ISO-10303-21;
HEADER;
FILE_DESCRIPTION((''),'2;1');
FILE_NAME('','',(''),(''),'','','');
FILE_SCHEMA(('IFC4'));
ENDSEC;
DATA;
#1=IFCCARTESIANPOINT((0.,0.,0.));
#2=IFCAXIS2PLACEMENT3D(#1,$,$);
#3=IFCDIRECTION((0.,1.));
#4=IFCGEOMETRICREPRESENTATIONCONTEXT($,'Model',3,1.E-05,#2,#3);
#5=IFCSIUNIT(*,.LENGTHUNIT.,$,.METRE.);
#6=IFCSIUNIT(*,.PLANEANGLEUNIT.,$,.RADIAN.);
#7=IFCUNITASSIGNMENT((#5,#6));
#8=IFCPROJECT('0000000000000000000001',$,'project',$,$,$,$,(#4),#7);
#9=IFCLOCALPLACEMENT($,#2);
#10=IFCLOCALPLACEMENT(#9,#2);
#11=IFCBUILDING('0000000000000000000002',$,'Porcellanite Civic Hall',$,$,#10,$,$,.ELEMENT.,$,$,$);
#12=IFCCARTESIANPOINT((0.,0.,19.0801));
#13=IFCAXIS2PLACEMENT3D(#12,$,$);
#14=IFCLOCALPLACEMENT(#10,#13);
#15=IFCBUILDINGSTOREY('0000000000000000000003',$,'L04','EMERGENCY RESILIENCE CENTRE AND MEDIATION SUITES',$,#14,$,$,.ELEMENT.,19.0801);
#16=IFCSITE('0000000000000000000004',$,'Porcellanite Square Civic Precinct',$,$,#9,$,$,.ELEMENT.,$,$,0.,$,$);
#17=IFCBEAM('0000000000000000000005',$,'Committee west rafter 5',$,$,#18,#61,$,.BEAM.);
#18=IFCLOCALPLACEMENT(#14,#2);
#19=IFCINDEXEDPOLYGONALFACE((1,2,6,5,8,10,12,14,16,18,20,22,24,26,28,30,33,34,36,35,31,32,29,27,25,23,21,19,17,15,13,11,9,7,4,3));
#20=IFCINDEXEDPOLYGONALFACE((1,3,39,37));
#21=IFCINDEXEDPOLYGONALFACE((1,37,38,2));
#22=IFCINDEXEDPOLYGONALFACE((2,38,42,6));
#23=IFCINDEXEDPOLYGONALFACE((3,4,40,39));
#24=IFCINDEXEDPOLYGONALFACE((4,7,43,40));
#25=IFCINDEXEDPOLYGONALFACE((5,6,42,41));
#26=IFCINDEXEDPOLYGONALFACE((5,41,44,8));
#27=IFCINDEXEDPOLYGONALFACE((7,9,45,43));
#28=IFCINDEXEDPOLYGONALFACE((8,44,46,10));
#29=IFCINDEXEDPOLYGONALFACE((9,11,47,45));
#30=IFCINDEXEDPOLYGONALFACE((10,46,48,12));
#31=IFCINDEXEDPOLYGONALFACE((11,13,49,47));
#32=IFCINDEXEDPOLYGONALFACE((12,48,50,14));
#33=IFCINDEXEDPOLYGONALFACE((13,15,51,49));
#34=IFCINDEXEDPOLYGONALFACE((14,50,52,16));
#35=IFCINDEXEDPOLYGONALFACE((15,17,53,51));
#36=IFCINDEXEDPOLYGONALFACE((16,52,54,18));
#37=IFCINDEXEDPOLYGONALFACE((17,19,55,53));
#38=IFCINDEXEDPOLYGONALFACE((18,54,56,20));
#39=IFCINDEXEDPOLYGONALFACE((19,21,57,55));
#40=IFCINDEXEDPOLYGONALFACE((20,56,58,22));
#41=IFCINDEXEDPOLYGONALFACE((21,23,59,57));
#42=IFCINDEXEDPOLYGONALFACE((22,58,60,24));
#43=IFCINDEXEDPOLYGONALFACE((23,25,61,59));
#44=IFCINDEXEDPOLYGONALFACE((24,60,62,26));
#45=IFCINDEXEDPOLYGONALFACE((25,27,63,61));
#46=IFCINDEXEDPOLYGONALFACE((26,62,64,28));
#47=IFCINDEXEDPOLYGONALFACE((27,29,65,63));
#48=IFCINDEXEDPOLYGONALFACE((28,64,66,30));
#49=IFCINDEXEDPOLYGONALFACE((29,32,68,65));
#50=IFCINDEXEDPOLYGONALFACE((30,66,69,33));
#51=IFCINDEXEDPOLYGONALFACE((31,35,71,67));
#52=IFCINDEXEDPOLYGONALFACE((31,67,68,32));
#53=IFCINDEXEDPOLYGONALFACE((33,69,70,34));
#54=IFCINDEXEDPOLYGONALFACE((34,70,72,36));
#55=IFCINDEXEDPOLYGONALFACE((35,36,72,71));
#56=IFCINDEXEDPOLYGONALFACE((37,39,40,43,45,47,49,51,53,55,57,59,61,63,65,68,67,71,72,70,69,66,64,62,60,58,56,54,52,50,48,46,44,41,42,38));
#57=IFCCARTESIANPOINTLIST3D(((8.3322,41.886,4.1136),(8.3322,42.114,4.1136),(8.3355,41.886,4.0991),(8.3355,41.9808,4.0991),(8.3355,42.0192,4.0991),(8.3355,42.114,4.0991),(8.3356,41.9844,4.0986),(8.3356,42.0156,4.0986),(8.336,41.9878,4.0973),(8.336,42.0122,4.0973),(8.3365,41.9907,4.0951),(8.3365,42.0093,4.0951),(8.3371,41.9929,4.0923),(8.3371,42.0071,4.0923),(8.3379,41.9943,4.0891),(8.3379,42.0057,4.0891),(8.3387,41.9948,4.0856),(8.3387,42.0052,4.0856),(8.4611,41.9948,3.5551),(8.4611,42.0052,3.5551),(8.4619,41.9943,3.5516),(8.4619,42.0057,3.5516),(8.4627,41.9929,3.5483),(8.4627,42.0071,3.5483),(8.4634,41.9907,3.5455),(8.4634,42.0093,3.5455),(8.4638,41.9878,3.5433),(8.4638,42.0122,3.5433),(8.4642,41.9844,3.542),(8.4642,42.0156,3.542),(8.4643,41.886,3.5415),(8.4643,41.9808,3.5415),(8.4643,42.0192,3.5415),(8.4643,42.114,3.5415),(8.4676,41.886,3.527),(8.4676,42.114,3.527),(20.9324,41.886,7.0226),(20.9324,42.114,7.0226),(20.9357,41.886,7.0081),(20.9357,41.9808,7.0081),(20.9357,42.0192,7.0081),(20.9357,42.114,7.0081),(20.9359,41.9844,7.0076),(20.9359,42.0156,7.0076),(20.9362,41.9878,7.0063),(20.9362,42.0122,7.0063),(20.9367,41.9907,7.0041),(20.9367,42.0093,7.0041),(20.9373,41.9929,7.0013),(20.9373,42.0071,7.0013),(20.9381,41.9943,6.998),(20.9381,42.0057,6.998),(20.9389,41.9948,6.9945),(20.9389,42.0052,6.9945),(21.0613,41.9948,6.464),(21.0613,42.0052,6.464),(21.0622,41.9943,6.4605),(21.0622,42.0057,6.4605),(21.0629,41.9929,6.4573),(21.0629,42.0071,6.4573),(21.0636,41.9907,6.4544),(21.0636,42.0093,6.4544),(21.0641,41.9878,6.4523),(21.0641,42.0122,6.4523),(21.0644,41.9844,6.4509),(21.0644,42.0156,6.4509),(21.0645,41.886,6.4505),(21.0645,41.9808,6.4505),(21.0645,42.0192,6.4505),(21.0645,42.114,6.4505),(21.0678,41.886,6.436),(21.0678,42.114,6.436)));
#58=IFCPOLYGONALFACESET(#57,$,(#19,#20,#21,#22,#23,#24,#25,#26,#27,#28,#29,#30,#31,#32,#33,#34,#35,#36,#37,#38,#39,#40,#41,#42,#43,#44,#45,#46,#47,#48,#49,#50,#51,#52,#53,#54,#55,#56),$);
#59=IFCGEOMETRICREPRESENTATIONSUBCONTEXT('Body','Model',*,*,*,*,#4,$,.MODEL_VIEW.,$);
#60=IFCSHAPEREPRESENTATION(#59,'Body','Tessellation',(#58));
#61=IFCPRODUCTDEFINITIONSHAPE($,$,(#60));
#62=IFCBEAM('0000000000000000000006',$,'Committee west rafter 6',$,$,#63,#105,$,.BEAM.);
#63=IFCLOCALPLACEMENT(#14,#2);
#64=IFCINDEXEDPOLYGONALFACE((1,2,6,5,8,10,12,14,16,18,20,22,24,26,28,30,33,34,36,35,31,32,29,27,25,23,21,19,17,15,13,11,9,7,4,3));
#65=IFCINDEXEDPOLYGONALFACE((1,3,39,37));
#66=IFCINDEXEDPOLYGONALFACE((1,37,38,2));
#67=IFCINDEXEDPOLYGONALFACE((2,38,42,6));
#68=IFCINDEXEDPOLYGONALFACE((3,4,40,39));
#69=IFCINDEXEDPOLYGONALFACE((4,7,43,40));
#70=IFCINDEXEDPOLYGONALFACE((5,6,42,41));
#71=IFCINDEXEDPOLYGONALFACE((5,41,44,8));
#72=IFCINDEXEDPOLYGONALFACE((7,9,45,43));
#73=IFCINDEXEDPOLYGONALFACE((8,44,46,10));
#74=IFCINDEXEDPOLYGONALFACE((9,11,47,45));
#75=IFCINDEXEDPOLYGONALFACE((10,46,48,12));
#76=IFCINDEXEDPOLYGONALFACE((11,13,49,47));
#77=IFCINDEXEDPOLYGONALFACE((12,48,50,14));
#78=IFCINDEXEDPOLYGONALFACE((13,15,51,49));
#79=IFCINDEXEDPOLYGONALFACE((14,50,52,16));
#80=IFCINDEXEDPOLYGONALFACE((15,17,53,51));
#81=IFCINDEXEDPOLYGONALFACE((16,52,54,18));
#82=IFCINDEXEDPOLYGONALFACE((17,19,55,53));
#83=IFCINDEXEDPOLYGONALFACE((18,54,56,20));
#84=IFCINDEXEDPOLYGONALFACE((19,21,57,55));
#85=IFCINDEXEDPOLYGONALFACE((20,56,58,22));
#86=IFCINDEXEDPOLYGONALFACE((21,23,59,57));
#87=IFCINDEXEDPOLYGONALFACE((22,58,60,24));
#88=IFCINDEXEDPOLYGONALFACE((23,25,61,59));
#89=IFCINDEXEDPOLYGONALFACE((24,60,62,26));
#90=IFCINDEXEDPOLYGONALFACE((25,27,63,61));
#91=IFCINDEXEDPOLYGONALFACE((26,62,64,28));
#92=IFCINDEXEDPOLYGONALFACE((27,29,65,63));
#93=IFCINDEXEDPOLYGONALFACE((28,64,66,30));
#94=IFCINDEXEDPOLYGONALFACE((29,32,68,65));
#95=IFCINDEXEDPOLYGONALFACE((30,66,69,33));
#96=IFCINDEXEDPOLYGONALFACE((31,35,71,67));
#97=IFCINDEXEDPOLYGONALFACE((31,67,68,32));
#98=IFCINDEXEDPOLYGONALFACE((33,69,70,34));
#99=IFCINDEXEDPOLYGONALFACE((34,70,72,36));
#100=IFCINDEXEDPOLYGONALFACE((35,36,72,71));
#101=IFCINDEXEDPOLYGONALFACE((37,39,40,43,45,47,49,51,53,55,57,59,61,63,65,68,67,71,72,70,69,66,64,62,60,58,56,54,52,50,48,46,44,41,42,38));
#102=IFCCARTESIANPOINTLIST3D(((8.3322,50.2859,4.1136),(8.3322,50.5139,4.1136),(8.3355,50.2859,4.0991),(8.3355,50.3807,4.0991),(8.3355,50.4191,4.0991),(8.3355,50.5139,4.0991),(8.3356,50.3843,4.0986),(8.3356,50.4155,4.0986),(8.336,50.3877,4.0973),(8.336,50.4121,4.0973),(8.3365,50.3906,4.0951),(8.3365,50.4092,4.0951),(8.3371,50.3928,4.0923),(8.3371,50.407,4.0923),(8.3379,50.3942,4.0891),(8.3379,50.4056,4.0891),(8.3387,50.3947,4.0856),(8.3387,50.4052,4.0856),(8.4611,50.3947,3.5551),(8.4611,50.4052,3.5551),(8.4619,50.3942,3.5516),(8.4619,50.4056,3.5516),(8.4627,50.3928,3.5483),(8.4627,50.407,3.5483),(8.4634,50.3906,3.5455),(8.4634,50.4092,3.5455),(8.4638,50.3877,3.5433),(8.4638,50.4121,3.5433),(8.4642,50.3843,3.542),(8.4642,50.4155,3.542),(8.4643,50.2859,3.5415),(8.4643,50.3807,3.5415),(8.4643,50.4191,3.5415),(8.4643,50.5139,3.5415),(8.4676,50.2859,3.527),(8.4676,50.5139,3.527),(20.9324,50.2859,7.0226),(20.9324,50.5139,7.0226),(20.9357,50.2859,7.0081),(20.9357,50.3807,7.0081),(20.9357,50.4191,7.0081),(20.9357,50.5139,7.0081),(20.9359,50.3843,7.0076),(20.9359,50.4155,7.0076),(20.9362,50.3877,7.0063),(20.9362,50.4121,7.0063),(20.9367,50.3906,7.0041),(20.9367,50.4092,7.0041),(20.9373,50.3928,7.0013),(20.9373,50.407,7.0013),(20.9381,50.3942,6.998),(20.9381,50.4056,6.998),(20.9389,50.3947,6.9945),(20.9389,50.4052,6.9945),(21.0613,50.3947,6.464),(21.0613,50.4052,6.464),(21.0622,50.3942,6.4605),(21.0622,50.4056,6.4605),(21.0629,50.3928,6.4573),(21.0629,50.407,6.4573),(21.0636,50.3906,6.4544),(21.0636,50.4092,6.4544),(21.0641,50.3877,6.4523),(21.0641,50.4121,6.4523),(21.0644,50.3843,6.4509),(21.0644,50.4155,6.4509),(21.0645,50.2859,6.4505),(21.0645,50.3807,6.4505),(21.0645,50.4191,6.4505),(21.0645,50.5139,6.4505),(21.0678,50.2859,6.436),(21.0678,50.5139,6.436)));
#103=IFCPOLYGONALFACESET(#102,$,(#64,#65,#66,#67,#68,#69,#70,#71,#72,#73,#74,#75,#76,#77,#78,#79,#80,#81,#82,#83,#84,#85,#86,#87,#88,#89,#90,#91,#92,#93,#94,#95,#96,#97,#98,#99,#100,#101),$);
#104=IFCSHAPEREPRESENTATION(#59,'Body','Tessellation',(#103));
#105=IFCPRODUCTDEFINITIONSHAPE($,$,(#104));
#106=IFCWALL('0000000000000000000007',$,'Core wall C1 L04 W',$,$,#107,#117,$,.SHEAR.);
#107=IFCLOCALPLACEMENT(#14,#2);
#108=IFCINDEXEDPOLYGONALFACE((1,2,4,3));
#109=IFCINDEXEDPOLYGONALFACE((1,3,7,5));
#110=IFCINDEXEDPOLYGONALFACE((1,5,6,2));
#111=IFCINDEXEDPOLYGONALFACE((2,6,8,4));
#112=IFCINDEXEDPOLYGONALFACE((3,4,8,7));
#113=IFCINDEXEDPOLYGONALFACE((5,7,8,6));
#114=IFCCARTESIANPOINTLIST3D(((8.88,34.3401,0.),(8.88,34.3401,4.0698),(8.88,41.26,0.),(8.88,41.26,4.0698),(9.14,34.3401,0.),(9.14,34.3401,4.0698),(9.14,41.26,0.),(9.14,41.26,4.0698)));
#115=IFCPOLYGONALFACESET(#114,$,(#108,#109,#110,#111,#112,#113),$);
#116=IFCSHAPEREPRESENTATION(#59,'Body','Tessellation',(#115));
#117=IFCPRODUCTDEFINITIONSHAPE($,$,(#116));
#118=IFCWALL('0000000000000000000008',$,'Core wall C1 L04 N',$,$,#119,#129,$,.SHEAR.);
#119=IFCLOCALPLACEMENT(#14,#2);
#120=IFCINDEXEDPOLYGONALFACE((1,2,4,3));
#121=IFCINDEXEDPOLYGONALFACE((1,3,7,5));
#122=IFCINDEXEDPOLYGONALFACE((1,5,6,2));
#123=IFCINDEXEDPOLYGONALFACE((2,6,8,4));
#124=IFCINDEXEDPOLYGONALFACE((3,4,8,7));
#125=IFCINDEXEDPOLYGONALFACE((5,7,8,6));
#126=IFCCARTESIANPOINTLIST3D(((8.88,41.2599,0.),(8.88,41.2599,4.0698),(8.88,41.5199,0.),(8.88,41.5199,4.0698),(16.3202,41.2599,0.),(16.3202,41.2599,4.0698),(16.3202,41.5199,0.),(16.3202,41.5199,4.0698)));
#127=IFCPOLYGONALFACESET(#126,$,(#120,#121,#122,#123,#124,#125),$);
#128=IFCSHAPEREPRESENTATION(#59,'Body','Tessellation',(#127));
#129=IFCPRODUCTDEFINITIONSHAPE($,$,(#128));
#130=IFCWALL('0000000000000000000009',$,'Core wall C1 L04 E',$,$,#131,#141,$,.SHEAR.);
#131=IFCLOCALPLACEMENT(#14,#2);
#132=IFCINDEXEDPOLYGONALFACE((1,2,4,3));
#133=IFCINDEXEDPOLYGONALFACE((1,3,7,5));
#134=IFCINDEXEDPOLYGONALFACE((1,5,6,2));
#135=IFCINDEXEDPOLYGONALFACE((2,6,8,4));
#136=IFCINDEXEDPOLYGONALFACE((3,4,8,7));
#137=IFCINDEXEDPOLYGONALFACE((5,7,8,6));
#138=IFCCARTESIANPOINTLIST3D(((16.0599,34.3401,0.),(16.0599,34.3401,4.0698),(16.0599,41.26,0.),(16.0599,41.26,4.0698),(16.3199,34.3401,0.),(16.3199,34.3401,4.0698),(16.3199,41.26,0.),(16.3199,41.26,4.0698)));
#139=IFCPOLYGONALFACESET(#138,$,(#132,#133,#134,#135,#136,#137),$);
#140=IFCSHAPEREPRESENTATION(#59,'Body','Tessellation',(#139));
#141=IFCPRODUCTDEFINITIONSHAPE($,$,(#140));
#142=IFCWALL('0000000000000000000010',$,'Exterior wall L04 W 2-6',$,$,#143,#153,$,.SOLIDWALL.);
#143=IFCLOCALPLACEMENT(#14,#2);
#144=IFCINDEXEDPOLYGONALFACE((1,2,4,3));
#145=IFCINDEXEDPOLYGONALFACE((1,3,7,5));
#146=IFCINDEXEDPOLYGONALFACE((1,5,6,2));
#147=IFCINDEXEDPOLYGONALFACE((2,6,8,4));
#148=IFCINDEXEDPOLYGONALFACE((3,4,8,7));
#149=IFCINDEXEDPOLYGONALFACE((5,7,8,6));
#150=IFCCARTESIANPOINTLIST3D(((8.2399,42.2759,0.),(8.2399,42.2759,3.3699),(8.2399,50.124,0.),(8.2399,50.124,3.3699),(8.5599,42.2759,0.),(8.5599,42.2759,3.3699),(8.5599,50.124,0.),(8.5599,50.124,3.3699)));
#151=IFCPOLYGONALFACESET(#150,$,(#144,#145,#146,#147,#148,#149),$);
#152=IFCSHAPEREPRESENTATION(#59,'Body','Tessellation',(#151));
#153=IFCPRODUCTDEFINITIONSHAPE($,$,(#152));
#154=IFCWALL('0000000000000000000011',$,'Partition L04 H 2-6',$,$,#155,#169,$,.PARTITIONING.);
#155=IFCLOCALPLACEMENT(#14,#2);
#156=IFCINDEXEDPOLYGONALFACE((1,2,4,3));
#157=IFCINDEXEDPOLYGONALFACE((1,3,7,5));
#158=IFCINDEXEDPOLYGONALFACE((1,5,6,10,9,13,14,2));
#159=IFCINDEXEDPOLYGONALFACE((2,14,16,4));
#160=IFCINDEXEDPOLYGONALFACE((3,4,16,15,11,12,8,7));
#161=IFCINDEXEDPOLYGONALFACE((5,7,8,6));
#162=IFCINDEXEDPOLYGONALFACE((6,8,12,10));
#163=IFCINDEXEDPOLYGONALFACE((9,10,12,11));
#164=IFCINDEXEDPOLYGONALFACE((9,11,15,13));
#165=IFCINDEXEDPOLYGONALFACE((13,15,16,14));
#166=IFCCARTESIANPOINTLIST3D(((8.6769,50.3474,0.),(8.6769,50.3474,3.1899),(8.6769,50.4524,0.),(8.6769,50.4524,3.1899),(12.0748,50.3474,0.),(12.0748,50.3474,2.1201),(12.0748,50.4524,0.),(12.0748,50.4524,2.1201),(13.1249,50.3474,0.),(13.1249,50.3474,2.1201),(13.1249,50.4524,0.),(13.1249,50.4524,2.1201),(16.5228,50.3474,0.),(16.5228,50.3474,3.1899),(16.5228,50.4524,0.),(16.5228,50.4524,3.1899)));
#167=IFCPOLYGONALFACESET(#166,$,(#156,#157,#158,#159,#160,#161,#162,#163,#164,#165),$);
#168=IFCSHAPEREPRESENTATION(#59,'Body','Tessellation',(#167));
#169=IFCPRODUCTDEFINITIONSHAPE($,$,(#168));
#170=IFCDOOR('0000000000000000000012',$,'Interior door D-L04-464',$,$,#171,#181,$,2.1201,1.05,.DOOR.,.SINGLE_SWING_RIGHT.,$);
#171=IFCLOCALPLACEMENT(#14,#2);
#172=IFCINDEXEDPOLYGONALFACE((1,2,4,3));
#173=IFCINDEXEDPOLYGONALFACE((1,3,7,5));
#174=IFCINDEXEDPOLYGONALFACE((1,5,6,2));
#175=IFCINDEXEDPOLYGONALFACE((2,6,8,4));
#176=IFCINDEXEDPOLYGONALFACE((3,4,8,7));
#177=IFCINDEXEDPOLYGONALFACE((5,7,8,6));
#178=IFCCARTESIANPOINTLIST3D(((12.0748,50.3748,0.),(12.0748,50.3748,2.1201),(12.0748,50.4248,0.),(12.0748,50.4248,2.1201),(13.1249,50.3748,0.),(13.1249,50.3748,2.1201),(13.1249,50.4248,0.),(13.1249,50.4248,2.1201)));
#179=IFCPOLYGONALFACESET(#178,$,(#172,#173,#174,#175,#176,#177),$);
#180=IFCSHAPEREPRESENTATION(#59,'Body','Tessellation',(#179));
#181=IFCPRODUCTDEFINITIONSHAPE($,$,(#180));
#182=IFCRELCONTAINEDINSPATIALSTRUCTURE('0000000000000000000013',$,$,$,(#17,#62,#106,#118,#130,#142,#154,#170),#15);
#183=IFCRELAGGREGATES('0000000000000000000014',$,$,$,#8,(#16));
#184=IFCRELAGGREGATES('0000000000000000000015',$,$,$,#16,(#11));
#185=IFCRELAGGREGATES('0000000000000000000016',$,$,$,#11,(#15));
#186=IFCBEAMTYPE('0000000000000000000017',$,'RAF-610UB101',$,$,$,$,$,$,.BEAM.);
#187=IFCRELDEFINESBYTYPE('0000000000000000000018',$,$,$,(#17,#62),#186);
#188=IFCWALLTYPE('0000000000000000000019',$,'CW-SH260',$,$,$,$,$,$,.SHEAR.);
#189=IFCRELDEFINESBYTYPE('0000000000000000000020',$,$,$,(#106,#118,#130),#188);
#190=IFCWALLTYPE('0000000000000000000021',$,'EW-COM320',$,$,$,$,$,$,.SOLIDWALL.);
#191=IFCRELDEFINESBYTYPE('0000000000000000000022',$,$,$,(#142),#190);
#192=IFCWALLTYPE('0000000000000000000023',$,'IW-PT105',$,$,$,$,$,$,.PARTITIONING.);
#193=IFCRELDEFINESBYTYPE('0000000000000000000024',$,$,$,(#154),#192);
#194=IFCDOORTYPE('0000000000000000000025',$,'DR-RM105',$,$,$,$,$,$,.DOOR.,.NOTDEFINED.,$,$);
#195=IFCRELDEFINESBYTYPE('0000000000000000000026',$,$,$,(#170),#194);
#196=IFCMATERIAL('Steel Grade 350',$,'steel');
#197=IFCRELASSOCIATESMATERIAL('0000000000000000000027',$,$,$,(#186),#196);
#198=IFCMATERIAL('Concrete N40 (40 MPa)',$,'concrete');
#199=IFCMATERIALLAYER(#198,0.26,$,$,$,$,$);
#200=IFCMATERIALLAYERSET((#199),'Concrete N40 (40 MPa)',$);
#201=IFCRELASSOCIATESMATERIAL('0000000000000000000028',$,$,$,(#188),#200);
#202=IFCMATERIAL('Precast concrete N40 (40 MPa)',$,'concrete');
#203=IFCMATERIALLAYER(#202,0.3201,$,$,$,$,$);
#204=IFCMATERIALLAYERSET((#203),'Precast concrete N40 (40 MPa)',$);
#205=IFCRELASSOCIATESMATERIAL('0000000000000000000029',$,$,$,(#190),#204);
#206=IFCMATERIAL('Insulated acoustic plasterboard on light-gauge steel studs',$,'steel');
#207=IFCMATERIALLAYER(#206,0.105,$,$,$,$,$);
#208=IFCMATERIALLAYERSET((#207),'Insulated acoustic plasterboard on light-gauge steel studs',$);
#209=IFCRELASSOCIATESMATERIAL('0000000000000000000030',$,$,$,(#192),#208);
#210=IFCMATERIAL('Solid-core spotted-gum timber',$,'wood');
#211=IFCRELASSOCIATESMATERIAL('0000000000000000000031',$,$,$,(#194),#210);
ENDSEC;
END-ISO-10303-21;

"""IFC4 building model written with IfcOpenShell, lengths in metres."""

from ifc_helpers import new_model, si_unit, direction, frame, frame_2d, origin, origin_2d, place, context, subcontext, project, spatial, rectangle, i_section, extrude, material, layer, layer_set, material_profile, profile_set, type_object, element, fill, save


model = new_model("IFC4")

# Units and contexts
model_context = context("Model", 3, precision=1e-05, world=origin(), true_north=direction((0.0, 1.0)))
body_context = subcontext(model_context, "Body", "Model", "MODEL_VIEW")
ifc_project = project(units=[si_unit("LENGTHUNIT", "METRE"), si_unit("PLANEANGLEUNIT", "RADIAN")], contexts=[model_context])

# Site, building, storey
site_placement = place(None, origin())
site = spatial("IfcSite", under=ifc_project, at=site_placement, Name="Porcellanite Square Civic Precinct", CompositionType="ELEMENT", RefElevation=0.0)
building_placement = place(site_placement, origin())
building = spatial("IfcBuilding", under=site, at=building_placement, Name="Porcellanite Civic Hall", CompositionType="ELEMENT")
storey_placement = place(building_placement, frame((0.0, 0.0, 19.0801)))
storey = spatial("IfcBuildingStorey", under=building, at=storey_placement, Name="L04", Description="EMERGENCY RESILIENCE CENTRE AND MEDIATION SUITES", CompositionType="ELEMENT", Elevation=19.0801)

# Beams
ifc_material_1 = material(Name="Steel Grade 350", Category="steel")
ifc_material_profile_1 = material_profile(ifc_material_1, i_section(OverallWidth=0.228, OverallDepth=0.6021, WebThickness=0.0105, FlangeThickness=0.0149, FilletRadius=0.0139, at=origin_2d()), Name="610UB101")
ifc_profile_set_1 = profile_set([ifc_material_profile_1], Name="Steel Grade 350")
beam_type = type_object("IfcBeamType", Name="RAF-610UB101", PredefinedType="BEAM", material=ifc_profile_set_1)
for number, where, z_axis, x_axis, name in (
    (1, (8.3999, 42.0, 3.8203), (0.974371, 0.0, 0.224949), (0.0, 1.0, 0.0), "Committee west rafter 5"),
    (2, (8.3999, 50.3999, 3.8203), (0.974371, 0.0, 0.224949), (0.0, 1.0, 0.0), "Committee west rafter 6"),
):
    element("IfcBeam", number, at=place(storey_placement, frame(where, z_axis=z_axis, x_axis=x_axis)), inside=storey, type_object=beam_type, Name=name, PredefinedType="BEAM", context=body_context, shape_type="SweptSolid", body=[
        extrude(i_section(OverallWidth=0.228, OverallDepth=0.6021, WebThickness=0.0105, FlangeThickness=0.0149, FilletRadius=0.0139, at=origin_2d()), origin(), (0.0, 0.0, 1.0), 12.9316),
    ])

# Shared definitions
ifc_material_2 = material(Name="Concrete N40 (40 MPa)", Category="concrete")
ifc_layer_1 = layer(ifc_material_2, 0.26)
ifc_layer_set_1 = layer_set([ifc_layer_1], Name="Concrete N40 (40 MPa)")
wall_type_1 = type_object("IfcWallType", Name="CW-SH260", PredefinedType="SHEAR", material=ifc_layer_set_1)

# Walls
wall_1_placement = place(storey_placement, frame((9.01, 34.3401, 0.0), z_axis=(0.0, 0.0, 1.0), x_axis=(0.0, 1.0, 0.0)))
element("IfcWall", 3, at=wall_1_placement, inside=storey, type_object=wall_type_1, Name="Core wall C1 L04 W", PredefinedType="SHEAR", context=body_context, shape_type="SweptSolid", body=[
    extrude(rectangle(XDim=6.9199, YDim=0.26, at=frame_2d((3.46, 0.0))), origin(), (0.0, 0.0, 1.0), 4.0698),
])
wall_2_placement = place(storey_placement, frame((8.8799, 41.3899, 0.0), z_axis=(0.0, 0.0, 1.0), x_axis=(1.0, 0.0, 0.0)))
element("IfcWall", 4, at=wall_2_placement, inside=storey, type_object=wall_type_1, Name="Core wall C1 L04 N", PredefinedType="SHEAR", context=body_context, shape_type="SweptSolid", body=[
    extrude(rectangle(XDim=7.4402, YDim=0.26, at=frame_2d((3.7202, 0.0))), origin(), (0.0, 0.0, 1.0), 4.0698),
])
wall_3_placement = place(storey_placement, frame((16.1899, 41.26, 0.0), z_axis=(0.0, 0.0, 1.0), x_axis=(0.0, -1.0, 0.0)))
element("IfcWall", 5, at=wall_3_placement, inside=storey, type_object=wall_type_1, Name="Core wall C1 L04 E", PredefinedType="SHEAR", context=body_context, shape_type="SweptSolid", body=[
    extrude(rectangle(XDim=6.9199, YDim=0.26, at=frame_2d((3.46, 0.0))), origin(), (0.0, 0.0, 1.0), 4.0698),
])
ifc_material_3 = material(Name="Precast concrete N40 (40 MPa)", Category="concrete")
ifc_layer_2 = layer(ifc_material_3, 0.3201)
ifc_layer_set_2 = layer_set([ifc_layer_2], Name="Precast concrete N40 (40 MPa)")
wall_type_2 = type_object("IfcWallType", Name="EW-COM320", PredefinedType="SOLIDWALL", material=ifc_layer_set_2)
wall_4_placement = place(storey_placement, frame((8.3999, 42.2759, 0.0), z_axis=(0.0, 0.0, 1.0), x_axis=(0.0, 1.0, 0.0)))
element("IfcWall", 6, at=wall_4_placement, inside=storey, type_object=wall_type_2, Name="Exterior wall L04 W 2-6", PredefinedType="SOLIDWALL", context=body_context, shape_type="SweptSolid", body=[
    extrude(rectangle(XDim=7.8481, YDim=0.3201, at=frame_2d((3.9241, 0.0))), origin(), (0.0, 0.0, 1.0), 3.3699),
])

# Wall, opening, door
ifc_material_4 = material(Name="Insulated acoustic plasterboard on light-gauge steel studs", Category="steel")
ifc_layer_3 = layer(ifc_material_4, 0.105)
ifc_layer_set_3 = layer_set([ifc_layer_3], Name="Insulated acoustic plasterboard on light-gauge steel studs")
wall_type_3 = type_object("IfcWallType", Name="IW-PT105", PredefinedType="PARTITIONING", material=ifc_layer_set_3)
wall_5_placement = place(storey_placement, frame((8.677, 50.3999, 0.0), z_axis=(0.0, 0.0, 1.0), x_axis=(1.0, 0.0, 0.0)))
wall_5 = element("IfcWall", 7, at=wall_5_placement, inside=storey, type_object=wall_type_3, Name="Partition L04 H 2-6", PredefinedType="PARTITIONING", context=body_context, shape_type="SweptSolid", body=[
    extrude(rectangle(XDim=7.8459, YDim=0.105, at=frame_2d((3.9229, 0.0))), origin(), (0.0, 0.0, 1.0), 3.1899),
])
opening_1_placement = place(wall_5_placement, frame((3.3979, 0.0, 0.0)))
opening_1 = element("IfcOpeningElement", 8, at=opening_1_placement, cuts=wall_5, PredefinedType="OPENING", context=body_context, shape_type="SweptSolid", body=[
    extrude(rectangle(XDim=1.05, YDim=2.1201, at=frame_2d((0.5249, 1.0601))), frame((0.0, 0.0525, 0.0), z_axis=(0.0, -1.0, 0.0), x_axis=(1.0, 0.0, 0.0)), (0.0, 0.0, 1.0), 0.105),
])
ifc_material_5 = material(Name="Solid-core spotted-gum timber", Category="wood")
door_type_1 = type_object("IfcDoorType", Name="DR-RM105", OperationType="NOTDEFINED", PredefinedType="DOOR", material=ifc_material_5)
door_1_placement = place(opening_1_placement, origin())
door_1 = element("IfcDoor", 9, at=door_1_placement, inside=storey, type_object=door_type_1, Name="Interior door D-L04-464", OperationType="SINGLE_SWING_RIGHT", OverallHeight=2.1201, OverallWidth=1.05, PredefinedType="DOOR", context=body_context, shape_type="SweptSolid", body=[
    extrude(rectangle(XDim=1.05, YDim=2.1201, at=frame_2d((0.5249, 1.0601))), frame((0.0, 0.0249, 0.0), z_axis=(0.0, -1.0, 0.0), x_axis=(1.0, 0.0, 0.0)), (0.0, 0.0, 1.0), 0.05),
])
fill(opening_1, door_1)

save(model, "model.ifc")
